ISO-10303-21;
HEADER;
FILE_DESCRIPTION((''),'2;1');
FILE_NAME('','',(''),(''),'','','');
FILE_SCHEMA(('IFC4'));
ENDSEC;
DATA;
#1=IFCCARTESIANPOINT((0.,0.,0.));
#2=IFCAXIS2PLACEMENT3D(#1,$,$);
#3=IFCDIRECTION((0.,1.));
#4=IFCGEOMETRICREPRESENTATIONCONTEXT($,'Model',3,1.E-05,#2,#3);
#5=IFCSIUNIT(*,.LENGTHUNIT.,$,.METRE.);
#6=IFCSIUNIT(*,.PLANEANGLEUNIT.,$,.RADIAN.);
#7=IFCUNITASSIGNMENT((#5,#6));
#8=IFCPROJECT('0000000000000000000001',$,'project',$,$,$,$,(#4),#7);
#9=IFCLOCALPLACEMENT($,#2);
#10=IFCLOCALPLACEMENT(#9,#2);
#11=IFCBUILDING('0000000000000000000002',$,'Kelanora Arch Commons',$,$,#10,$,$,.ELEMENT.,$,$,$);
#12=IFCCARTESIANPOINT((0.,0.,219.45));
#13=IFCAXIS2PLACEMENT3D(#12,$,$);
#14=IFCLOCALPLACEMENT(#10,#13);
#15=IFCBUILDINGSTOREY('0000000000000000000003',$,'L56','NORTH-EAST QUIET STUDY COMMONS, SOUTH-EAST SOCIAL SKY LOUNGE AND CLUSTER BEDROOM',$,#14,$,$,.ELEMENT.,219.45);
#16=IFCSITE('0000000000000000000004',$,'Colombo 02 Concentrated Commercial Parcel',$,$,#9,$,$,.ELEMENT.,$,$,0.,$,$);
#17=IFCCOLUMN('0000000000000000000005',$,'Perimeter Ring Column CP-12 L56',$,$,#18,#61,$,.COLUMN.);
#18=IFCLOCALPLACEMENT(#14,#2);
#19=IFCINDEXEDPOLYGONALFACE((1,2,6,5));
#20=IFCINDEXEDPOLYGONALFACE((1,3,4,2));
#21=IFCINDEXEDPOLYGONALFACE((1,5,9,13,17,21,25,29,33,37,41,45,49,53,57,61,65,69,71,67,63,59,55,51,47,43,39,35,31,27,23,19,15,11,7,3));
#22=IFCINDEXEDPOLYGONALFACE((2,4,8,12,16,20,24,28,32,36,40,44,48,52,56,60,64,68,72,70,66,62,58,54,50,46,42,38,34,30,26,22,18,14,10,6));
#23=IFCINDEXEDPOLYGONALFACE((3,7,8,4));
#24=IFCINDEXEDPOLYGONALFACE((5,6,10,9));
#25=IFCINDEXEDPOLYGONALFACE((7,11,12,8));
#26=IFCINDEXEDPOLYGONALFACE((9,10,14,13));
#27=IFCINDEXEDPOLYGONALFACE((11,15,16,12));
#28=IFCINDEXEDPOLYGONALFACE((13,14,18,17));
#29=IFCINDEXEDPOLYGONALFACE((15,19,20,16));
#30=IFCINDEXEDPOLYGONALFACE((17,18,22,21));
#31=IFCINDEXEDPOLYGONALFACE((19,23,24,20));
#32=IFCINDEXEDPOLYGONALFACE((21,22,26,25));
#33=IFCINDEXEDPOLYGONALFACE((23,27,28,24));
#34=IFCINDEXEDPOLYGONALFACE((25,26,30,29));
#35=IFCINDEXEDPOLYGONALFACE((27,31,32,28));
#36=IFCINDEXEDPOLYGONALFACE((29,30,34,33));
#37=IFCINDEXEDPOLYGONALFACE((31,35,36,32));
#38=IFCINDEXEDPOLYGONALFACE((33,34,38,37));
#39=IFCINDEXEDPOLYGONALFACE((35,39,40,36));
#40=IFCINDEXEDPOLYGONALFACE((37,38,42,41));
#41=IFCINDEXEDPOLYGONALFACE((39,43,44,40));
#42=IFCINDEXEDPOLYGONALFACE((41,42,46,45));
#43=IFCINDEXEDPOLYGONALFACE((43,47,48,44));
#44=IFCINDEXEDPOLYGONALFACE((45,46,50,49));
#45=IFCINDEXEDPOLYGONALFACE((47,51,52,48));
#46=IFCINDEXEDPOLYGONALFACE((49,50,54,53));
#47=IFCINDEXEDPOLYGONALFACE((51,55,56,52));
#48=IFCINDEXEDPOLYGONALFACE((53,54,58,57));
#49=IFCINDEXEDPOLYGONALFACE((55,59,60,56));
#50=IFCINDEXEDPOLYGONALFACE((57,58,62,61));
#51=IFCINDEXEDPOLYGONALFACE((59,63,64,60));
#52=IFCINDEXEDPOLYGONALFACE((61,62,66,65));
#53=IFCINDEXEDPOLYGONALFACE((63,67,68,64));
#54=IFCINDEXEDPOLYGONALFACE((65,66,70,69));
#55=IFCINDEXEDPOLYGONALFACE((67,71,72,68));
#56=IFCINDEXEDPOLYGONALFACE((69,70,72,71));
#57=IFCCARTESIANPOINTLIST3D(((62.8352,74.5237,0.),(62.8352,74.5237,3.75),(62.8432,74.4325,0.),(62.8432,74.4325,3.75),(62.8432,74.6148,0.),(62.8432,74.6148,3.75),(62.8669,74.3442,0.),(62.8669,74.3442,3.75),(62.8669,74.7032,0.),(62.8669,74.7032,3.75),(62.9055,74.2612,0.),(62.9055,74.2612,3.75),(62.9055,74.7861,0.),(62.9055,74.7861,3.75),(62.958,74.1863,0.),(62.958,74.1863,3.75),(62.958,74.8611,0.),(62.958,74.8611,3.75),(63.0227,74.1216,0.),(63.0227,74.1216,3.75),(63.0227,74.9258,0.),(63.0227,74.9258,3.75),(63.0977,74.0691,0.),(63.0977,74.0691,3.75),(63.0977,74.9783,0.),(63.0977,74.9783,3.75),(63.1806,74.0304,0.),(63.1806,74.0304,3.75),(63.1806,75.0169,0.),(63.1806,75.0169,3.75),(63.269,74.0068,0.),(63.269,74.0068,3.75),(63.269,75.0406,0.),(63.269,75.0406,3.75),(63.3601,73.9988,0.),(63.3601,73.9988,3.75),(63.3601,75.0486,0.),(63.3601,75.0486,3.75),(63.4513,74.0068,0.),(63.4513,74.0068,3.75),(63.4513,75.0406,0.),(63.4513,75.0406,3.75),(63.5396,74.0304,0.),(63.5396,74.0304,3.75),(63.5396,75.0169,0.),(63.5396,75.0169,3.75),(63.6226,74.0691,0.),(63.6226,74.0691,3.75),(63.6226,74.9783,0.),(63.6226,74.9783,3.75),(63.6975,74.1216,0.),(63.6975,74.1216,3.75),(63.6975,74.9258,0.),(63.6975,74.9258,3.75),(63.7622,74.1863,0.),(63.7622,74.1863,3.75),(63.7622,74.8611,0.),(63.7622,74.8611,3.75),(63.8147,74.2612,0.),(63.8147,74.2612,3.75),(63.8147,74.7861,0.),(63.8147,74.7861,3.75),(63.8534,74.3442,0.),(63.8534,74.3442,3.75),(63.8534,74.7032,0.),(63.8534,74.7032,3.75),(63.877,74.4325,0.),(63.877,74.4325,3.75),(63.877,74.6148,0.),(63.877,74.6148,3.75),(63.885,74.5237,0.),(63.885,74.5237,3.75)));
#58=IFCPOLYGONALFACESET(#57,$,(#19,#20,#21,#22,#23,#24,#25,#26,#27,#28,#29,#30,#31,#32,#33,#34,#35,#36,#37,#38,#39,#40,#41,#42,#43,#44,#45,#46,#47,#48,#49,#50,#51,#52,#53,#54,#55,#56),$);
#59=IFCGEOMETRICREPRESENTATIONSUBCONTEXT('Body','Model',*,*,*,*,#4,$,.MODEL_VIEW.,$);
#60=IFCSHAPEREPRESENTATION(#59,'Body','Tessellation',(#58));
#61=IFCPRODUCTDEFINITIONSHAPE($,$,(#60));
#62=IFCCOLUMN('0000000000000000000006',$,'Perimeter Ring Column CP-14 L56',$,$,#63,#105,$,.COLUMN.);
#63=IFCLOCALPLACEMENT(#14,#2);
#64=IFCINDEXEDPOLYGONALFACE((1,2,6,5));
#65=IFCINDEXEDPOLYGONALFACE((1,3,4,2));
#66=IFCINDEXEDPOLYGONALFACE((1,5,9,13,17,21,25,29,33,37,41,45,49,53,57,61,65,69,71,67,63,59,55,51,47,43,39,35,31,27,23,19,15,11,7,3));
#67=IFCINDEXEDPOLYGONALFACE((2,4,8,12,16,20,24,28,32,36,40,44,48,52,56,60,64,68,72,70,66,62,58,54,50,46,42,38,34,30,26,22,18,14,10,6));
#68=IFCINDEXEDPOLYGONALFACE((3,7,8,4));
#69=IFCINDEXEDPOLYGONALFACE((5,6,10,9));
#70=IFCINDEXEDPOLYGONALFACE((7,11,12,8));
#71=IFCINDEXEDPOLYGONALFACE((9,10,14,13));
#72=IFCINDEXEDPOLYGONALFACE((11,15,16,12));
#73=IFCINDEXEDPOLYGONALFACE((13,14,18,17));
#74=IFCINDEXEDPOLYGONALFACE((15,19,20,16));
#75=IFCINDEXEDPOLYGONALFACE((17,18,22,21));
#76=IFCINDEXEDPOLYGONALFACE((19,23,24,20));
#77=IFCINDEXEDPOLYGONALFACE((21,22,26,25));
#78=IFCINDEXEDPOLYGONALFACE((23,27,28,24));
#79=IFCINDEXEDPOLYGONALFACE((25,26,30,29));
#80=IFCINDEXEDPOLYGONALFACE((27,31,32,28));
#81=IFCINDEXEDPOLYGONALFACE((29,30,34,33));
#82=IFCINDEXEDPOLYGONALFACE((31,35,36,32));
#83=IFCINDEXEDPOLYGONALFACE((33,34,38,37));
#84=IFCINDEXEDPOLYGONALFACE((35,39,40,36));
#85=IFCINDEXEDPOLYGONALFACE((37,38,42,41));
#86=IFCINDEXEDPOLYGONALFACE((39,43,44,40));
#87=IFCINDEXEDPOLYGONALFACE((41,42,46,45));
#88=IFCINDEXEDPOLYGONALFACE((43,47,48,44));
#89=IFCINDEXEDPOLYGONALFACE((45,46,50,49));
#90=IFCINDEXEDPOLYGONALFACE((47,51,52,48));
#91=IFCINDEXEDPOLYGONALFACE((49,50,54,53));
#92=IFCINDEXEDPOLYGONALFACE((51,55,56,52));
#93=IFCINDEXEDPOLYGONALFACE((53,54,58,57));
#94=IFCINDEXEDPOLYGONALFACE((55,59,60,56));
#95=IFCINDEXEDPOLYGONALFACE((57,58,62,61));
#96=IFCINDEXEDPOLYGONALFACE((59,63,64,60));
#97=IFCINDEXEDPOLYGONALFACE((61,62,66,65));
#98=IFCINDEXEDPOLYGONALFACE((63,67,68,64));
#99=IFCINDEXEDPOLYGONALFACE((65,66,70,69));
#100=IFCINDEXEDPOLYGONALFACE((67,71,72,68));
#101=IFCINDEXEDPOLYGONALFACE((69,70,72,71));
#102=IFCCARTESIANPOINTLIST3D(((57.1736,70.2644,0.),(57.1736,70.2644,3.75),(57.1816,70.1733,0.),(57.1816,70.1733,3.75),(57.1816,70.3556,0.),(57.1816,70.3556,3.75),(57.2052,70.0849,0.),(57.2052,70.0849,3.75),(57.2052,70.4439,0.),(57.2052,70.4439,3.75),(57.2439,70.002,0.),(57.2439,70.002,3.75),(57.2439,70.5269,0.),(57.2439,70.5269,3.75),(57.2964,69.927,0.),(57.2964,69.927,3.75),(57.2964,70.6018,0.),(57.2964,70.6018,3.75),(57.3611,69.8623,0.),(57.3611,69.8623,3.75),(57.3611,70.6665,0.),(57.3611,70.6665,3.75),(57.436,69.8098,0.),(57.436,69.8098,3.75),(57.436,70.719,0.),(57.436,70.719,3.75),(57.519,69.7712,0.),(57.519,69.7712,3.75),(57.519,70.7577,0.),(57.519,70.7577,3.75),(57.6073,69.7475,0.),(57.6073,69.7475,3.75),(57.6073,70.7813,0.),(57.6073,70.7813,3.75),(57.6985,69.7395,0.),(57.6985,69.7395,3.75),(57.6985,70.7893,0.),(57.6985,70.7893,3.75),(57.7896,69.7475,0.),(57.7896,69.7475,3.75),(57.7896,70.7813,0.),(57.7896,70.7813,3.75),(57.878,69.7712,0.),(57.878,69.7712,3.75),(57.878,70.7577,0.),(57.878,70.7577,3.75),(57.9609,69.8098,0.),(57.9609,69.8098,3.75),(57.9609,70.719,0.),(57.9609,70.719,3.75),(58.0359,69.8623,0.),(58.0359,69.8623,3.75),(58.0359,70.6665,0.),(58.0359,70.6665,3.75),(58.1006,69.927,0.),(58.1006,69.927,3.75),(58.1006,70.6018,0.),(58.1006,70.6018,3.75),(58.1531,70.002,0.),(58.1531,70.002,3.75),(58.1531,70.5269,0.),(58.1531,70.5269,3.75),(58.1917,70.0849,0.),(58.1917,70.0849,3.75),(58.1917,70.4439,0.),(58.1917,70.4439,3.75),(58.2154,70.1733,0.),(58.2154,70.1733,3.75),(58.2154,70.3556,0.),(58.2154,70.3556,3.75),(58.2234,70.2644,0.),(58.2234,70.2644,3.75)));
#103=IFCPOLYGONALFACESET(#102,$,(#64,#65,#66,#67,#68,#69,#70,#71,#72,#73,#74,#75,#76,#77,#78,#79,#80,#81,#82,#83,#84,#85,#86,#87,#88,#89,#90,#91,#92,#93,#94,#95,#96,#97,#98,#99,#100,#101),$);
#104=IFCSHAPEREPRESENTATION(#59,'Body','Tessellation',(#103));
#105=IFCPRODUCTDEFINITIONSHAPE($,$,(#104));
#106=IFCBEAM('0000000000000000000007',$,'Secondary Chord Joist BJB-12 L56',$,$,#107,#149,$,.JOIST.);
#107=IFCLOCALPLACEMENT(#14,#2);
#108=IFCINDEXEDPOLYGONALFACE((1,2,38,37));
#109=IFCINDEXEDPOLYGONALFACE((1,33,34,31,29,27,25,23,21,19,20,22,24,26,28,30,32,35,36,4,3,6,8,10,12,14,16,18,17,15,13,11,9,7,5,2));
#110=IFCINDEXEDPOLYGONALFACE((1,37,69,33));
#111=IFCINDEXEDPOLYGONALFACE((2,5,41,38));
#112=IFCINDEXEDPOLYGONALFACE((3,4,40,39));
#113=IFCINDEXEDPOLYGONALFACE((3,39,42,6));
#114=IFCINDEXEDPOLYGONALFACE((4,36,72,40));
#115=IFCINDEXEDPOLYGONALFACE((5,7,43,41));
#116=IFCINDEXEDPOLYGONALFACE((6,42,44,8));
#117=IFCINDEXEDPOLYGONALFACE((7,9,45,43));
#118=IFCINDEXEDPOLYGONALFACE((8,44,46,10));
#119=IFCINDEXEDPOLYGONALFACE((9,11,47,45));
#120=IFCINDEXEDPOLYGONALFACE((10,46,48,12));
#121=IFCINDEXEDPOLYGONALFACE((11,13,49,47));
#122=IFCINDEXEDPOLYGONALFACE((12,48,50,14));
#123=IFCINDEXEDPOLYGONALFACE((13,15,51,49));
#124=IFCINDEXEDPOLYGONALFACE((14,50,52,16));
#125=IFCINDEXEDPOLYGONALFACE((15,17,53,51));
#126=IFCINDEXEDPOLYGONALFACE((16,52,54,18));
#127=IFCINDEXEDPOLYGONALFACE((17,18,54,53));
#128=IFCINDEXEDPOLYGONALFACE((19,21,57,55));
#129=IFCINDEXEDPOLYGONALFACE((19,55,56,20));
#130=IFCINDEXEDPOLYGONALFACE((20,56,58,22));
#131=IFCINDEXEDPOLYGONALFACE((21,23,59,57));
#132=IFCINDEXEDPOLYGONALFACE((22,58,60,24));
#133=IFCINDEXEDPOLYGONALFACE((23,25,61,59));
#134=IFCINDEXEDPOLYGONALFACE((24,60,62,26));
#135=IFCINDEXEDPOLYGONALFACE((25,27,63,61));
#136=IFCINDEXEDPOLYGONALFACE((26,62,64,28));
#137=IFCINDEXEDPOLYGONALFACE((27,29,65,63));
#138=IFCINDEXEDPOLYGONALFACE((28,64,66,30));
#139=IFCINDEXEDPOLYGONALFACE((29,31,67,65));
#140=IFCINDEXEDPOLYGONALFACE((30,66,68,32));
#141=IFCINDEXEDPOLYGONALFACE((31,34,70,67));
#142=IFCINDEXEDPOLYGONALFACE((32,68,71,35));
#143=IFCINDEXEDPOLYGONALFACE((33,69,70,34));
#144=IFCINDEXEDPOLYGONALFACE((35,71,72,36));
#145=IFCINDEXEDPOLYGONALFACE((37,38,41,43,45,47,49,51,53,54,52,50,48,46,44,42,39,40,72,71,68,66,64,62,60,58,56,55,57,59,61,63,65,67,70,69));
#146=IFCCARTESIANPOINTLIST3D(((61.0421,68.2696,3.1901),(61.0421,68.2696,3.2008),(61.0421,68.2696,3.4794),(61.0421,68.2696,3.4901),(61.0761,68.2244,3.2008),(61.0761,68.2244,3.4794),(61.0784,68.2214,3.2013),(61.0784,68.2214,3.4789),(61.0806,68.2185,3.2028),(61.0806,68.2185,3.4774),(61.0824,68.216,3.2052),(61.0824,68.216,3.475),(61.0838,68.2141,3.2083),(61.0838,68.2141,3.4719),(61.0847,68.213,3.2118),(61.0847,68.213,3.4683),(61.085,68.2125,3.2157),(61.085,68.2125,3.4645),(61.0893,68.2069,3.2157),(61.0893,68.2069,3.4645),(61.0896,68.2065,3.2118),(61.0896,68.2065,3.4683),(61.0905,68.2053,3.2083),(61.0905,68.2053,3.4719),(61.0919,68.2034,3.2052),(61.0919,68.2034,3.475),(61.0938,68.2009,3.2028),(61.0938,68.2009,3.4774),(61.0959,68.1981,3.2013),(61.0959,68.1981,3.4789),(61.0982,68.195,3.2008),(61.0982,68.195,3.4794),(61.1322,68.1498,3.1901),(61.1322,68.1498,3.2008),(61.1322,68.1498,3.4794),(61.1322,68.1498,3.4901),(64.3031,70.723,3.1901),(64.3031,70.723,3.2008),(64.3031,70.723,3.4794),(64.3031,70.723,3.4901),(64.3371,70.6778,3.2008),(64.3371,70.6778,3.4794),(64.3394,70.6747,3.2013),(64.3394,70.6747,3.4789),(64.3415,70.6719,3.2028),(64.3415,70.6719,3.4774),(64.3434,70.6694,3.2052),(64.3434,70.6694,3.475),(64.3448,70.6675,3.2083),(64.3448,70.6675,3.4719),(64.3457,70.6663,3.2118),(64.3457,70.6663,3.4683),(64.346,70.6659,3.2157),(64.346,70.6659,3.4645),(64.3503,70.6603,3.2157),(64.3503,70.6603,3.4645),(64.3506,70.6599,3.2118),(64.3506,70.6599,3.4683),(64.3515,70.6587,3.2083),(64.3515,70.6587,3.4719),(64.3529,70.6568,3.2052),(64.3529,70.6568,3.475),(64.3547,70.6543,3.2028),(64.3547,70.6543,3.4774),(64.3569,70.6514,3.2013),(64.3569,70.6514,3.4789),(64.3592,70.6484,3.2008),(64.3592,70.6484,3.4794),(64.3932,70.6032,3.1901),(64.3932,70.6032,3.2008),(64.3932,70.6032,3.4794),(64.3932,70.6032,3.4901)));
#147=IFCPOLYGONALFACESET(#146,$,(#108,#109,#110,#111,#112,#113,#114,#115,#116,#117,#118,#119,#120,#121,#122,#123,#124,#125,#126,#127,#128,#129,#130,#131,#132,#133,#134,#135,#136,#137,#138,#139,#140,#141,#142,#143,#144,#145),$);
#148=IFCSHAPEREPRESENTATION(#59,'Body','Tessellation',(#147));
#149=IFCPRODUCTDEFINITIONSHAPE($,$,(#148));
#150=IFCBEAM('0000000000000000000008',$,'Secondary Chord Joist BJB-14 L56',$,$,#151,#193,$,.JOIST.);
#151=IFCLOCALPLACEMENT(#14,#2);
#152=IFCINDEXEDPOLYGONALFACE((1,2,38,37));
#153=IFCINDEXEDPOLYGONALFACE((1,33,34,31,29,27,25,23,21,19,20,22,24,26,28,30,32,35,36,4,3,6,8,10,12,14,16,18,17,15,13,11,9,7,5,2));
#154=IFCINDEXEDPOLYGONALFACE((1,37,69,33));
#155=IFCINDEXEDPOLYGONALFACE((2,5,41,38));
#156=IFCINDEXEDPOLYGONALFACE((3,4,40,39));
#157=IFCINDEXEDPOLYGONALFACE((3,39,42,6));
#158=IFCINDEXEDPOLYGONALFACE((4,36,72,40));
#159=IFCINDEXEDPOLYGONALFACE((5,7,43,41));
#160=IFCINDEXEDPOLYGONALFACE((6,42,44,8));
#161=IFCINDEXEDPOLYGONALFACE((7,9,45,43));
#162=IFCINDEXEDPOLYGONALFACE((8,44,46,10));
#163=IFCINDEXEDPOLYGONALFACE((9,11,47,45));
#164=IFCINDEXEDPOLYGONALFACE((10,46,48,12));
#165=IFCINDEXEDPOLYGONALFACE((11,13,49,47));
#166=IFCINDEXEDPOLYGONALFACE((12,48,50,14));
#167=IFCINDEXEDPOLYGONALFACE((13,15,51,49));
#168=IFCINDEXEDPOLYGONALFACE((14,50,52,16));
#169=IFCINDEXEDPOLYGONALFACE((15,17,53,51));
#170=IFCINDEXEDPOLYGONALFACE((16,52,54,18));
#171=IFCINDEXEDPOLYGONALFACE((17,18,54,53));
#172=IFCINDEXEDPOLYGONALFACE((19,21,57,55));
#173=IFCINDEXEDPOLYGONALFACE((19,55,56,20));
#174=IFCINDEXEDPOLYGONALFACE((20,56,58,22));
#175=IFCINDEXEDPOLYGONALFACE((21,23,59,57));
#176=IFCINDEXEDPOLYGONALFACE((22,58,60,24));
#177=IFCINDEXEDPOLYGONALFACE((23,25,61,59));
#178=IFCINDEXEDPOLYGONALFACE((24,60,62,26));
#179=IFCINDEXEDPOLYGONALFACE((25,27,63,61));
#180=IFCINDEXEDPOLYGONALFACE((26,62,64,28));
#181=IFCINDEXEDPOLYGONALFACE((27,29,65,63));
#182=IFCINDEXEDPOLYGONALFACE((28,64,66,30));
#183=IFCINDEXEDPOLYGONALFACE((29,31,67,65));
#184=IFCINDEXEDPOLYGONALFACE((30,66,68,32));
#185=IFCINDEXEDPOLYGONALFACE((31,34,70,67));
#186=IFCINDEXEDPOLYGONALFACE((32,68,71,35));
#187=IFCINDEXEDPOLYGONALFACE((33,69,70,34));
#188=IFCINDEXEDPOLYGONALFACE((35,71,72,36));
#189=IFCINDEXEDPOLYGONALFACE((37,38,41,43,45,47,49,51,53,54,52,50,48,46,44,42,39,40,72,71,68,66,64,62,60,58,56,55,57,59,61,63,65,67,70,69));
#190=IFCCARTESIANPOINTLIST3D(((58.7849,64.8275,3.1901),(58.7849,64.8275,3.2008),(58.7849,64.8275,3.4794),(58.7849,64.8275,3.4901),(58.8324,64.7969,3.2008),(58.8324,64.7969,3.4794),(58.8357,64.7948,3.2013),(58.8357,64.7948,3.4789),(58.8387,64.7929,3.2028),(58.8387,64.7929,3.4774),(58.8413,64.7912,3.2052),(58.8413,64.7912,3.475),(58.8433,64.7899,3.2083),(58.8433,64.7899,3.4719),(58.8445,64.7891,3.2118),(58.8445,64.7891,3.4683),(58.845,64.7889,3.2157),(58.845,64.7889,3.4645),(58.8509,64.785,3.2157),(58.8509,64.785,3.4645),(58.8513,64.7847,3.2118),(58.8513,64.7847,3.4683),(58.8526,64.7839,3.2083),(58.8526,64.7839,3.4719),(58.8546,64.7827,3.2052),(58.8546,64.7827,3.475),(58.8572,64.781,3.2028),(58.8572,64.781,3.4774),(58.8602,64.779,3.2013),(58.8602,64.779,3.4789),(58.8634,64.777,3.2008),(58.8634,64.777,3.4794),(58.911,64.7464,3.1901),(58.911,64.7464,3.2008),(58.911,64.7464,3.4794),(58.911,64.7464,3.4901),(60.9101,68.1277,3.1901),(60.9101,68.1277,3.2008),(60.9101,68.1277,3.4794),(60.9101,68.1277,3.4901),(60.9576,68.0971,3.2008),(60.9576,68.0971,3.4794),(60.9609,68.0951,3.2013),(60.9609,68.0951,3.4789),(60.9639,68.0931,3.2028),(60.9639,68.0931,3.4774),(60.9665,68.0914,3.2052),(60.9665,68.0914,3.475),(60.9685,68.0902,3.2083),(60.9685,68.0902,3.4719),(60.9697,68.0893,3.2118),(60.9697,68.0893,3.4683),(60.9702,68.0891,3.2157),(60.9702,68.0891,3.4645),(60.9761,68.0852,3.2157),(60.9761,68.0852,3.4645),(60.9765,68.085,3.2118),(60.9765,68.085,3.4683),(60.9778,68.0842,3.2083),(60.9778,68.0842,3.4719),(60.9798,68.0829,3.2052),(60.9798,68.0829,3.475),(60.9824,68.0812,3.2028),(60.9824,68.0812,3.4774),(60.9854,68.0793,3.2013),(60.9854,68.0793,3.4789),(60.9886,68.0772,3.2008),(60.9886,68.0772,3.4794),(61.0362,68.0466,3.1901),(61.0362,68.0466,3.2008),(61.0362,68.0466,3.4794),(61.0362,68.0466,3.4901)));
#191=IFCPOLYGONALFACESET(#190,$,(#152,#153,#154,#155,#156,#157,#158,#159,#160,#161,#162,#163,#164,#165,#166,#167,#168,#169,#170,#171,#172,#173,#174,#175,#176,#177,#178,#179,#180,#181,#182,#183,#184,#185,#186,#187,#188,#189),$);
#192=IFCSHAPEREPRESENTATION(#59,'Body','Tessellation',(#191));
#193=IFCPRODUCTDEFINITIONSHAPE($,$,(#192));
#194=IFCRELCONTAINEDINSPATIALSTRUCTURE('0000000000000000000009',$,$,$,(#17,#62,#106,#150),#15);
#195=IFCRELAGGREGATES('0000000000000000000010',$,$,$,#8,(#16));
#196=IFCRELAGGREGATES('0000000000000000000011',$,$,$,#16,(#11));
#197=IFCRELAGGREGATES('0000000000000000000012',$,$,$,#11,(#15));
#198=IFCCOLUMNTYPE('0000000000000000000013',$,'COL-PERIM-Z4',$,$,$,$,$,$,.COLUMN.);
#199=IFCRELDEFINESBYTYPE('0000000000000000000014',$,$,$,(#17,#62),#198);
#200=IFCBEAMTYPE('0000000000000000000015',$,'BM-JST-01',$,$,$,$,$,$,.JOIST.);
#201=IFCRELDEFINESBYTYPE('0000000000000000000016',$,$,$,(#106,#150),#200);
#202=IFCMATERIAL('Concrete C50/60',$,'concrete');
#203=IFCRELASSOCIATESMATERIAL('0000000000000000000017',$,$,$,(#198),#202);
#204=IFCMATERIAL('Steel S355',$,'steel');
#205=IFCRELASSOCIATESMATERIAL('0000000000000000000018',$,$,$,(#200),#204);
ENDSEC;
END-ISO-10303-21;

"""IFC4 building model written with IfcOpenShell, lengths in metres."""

from ifc_helpers import new_model, si_unit, direction, frame, origin, origin_2d, place, context, subcontext, project, spatial, circle, i_section, extrude, material, material_profile, profile_set, type_object, element, save


model = new_model("IFC4")

# Units and contexts
model_context = context("Model", 3, precision=1e-05, world=origin(), true_north=direction((0.0, 1.0)))
body_context = subcontext(model_context, "Body", "Model", "MODEL_VIEW")
ifc_project = project(units=[si_unit("LENGTHUNIT", "METRE"), si_unit("PLANEANGLEUNIT", "RADIAN")], contexts=[model_context])

# Site, building, storey
site_placement = place(None, origin())
site = spatial("IfcSite", under=ifc_project, at=site_placement, Name="Colombo 02 Concentrated Commercial Parcel", CompositionType="ELEMENT", RefElevation=0.0)
building_placement = place(site_placement, origin())
building = spatial("IfcBuilding", under=site, at=building_placement, Name="Kelanora Arch Commons", CompositionType="ELEMENT")
storey_placement = place(building_placement, frame((0.0, 0.0, 219.45)))
storey = spatial("IfcBuildingStorey", under=building, at=storey_placement, Name="L56", Description="NORTH-EAST QUIET STUDY COMMONS, SOUTH-EAST SOCIAL SKY LOUNGE AND CLUSTER BEDROOM", CompositionType="ELEMENT", Elevation=219.45)

# Columns
ifc_material_1 = material(Name="Concrete C50/60", Category="concrete")
ifc_material_profile_1 = material_profile(ifc_material_1, circle(Radius=0.5249, at=origin_2d()), Name="RCC1050")
ifc_profile_set_1 = profile_set([ifc_material_profile_1], Name="Concrete C50/60")
column_type = type_object("IfcColumnType", Name="COL-PERIM-Z4", PredefinedType="COLUMN", material=ifc_profile_set_1)
for number, where, z_axis, x_axis, name in (
    (1, (63.3601, 74.5237, 0.0), (0.0, 0.0, 1.0), (1.0, 0.0, 0.0), "Perimeter Ring Column CP-12 L56"),
    (2, (57.6985, 70.2644, 0.0), (0.0, 0.0, 1.0), (1.0, 0.0, 0.0), "Perimeter Ring Column CP-14 L56"),
):
    element("IfcColumn", number, at=place(storey_placement, frame(where, z_axis=z_axis, x_axis=x_axis)), inside=storey, type_object=column_type, Name=name, PredefinedType="COLUMN", context=body_context, shape_type="SweptSolid", body=[
        extrude(circle(Radius=0.5249, at=origin_2d()), origin(), (0.0, 0.0, 1.0), 3.75),
    ])

# Beams
ifc_material_2 = material(Name="Steel S355", Category="steel")
ifc_material_profile_2 = material_profile(ifc_material_2, i_section(OverallWidth=0.1499, OverallDepth=0.3, WebThickness=0.0071, FlangeThickness=0.0107, FilletRadius=0.0149, at=origin_2d()), Name="IPE300")
ifc_profile_set_2 = profile_set([ifc_material_profile_2], Name="Steel S355")
beam_type_1 = type_object("IfcBeamType", Name="BM-JST-01", PredefinedType="JOIST", material=ifc_profile_set_2)
beam_1_placement = place(storey_placement, frame((64.3481, 70.6631, 3.3401), z_axis=(-0.799102, -0.601196, 0.0), x_axis=(0.601196, -0.799102, 0.0)))
element("IfcBeam", 3, at=beam_1_placement, inside=storey, type_object=beam_type_1, Name="Secondary Chord Joist BJB-12 L56", PredefinedType="JOIST", context=body_context, shape_type="SweptSolid", body=[
    extrude(i_section(OverallWidth=0.1499, OverallDepth=0.3, WebThickness=0.0071, FlangeThickness=0.0107, FilletRadius=0.0149, at=origin_2d()), origin(), (0.0, 0.0, 1.0), 4.0808),
])
beam_2_placement = place(storey_placement, frame((60.9731, 68.0872, 3.3401), z_axis=(-0.541411, -0.840758, 0.0), x_axis=(0.840758, -0.541411, 0.0)))
element("IfcBeam", 4, at=beam_2_placement, inside=storey, type_object=beam_type_1, Name="Secondary Chord Joist BJB-14 L56", PredefinedType="JOIST", context=body_context, shape_type="SweptSolid", body=[
    extrude(i_section(OverallWidth=0.1499, OverallDepth=0.3, WebThickness=0.0071, FlangeThickness=0.0107, FilletRadius=0.0149, at=origin_2d()), origin(), (0.0, 0.0, 1.0), 3.9253),
])

save(model, "model.ifc")
